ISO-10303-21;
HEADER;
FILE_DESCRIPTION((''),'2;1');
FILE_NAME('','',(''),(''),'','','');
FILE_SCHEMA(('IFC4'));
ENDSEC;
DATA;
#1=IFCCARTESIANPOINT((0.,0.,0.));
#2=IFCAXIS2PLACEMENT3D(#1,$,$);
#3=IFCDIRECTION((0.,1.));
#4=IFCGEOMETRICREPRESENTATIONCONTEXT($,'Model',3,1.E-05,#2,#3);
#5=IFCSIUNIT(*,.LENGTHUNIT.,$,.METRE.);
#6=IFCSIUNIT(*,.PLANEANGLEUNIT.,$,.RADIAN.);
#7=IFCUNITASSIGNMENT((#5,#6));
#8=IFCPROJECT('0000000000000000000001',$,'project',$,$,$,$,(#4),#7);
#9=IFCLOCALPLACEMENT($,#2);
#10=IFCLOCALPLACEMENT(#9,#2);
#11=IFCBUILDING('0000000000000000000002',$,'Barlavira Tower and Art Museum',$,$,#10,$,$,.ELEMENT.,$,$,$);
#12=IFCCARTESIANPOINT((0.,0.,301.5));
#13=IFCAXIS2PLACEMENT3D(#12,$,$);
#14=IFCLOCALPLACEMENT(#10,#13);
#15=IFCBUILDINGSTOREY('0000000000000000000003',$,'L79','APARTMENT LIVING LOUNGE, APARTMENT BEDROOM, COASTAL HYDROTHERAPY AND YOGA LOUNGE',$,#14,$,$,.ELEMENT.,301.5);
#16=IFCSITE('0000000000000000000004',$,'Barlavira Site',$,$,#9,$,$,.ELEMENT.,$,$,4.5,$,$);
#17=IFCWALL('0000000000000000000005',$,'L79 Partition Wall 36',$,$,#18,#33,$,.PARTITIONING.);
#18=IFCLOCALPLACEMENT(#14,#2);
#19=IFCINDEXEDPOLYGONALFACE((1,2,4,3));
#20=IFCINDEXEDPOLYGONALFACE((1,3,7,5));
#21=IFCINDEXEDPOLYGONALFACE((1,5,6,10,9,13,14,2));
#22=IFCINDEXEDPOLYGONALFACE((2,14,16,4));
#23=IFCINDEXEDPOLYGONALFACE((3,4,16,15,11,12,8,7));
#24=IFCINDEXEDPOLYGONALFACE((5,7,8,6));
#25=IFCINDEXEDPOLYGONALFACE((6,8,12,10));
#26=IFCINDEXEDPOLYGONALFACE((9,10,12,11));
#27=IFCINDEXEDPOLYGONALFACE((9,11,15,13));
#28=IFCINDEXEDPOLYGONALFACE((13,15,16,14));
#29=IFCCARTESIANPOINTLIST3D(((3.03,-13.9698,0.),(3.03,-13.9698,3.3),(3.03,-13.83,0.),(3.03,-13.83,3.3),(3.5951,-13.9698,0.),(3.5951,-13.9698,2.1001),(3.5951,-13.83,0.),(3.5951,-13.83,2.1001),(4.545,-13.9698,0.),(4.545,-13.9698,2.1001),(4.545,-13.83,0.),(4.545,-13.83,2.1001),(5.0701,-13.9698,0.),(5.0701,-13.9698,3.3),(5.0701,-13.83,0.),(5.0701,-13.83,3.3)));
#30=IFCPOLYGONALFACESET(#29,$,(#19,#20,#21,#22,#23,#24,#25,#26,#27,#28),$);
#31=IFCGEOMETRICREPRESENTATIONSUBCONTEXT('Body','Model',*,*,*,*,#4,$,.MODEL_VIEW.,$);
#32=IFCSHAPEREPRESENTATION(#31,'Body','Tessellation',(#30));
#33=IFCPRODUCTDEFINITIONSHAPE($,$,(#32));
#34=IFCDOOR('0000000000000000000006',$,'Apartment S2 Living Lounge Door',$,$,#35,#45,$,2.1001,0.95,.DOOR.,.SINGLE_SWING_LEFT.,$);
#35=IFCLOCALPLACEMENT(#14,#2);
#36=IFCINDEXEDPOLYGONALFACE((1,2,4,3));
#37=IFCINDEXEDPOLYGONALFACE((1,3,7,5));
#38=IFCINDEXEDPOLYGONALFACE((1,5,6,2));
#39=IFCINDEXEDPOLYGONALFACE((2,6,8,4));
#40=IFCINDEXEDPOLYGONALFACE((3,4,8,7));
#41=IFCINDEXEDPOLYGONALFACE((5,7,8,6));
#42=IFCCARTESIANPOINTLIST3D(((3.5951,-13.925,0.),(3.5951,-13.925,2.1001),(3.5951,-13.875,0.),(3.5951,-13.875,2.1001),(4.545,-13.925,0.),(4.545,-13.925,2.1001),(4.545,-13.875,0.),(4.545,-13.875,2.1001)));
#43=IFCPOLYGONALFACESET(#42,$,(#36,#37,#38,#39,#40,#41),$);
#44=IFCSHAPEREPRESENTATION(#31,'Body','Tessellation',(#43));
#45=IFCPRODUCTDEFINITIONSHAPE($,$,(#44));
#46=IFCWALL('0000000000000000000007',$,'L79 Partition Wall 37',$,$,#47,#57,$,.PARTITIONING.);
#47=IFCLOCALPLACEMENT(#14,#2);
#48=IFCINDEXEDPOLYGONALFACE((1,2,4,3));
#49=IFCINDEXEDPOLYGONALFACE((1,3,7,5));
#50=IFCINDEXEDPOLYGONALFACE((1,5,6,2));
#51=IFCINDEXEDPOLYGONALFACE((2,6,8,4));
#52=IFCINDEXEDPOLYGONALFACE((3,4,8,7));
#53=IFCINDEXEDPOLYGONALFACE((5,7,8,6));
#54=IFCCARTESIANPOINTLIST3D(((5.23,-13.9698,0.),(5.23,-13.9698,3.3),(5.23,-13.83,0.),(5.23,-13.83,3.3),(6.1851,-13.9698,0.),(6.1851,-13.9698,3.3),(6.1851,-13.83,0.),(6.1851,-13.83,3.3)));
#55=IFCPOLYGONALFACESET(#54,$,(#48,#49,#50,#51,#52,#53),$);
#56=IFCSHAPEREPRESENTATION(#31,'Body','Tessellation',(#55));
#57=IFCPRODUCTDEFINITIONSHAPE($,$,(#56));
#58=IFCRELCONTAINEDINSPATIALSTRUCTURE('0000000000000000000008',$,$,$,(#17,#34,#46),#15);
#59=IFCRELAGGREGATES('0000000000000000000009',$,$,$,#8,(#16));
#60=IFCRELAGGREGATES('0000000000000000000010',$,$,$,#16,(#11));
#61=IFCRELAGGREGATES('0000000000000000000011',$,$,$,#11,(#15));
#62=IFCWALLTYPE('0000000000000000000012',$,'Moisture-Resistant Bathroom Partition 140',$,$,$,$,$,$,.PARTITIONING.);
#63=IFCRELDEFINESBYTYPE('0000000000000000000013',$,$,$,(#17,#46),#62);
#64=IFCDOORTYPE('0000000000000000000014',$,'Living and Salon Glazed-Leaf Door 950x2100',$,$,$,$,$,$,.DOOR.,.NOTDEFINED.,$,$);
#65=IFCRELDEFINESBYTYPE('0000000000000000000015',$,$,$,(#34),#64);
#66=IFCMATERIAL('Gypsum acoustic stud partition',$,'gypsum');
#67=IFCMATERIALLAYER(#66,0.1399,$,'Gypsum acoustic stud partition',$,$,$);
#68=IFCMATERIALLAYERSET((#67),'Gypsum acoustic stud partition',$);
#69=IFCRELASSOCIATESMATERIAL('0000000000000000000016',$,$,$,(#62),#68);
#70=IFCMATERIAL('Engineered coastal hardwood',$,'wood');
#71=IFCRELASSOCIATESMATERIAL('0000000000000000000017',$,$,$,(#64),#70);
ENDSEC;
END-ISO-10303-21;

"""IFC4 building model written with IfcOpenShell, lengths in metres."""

from ifc_helpers import new_model, si_unit, direction, frame, frame_2d, origin, place, context, subcontext, project, spatial, rectangle, extrude, material, layer, layer_set, type_object, element, fill, save


model = new_model("IFC4")

# Units and contexts
model_context = context("Model", 3, precision=1e-05, world=origin(), true_north=direction((0.0, 1.0)))
body_context = subcontext(model_context, "Body", "Model", "MODEL_VIEW")
ifc_project = project(units=[si_unit("LENGTHUNIT", "METRE"), si_unit("PLANEANGLEUNIT", "RADIAN")], contexts=[model_context])

# Site, building, storey
site_placement = place(None, origin())
site = spatial("IfcSite", under=ifc_project, at=site_placement, Name="Barlavira Site", CompositionType="ELEMENT", RefElevation=4.5)
building_placement = place(site_placement, origin())
building = spatial("IfcBuilding", under=site, at=building_placement, Name="Barlavira Tower and Art Museum", CompositionType="ELEMENT")
storey_placement = place(building_placement, frame((0.0, 0.0, 301.5)))
storey = spatial("IfcBuildingStorey", under=building, at=storey_placement, Name="L79", Description="APARTMENT LIVING LOUNGE, APARTMENT BEDROOM, COASTAL HYDROTHERAPY AND YOGA LOUNGE", CompositionType="ELEMENT", Elevation=301.5)

# Shared definitions
ifc_material_1 = material(Name="Gypsum acoustic stud partition", Category="gypsum")
ifc_material_2 = material(Name="Engineered coastal hardwood", Category="wood")

# Shared definitions
ifc_layer_1 = layer(ifc_material_1, 0.1399, Name="Gypsum acoustic stud partition")
ifc_layer_set_1 = layer_set([ifc_layer_1], Name="Gypsum acoustic stud partition")
wall_type_1 = type_object("IfcWallType", Name="Moisture-Resistant Bathroom Partition 140", PredefinedType="PARTITIONING", material=ifc_layer_set_1)

# Wall, opening, door
wall_1_placement = place(storey_placement, frame((3.03, -13.8999, 0.0), z_axis=(0.0, 0.0, 1.0), x_axis=(1.0, 0.0, 0.0)))
wall_1 = element("IfcWall", 1, at=wall_1_placement, inside=storey, type_object=wall_type_1, Name="L79 Partition Wall 36", PredefinedType="PARTITIONING", context=body_context, shape_type="SweptSolid", body=[
    extrude(rectangle(XDim=2.04, YDim=0.1399, at=frame_2d((1.02, 0.0))), origin(), (0.0, 0.0, 1.0), 3.3),
])
opening_1_placement = place(wall_1_placement, frame((0.5649, 0.0, 0.0)))
opening_1 = element("IfcOpeningElement", 2, at=opening_1_placement, cuts=wall_1, PredefinedType="OPENING", context=body_context, shape_type="SweptSolid", body=[
    extrude(rectangle(XDim=0.95, YDim=2.1001, at=frame_2d((0.4751, 1.05))), frame((0.0, 0.0801, 0.0), z_axis=(0.0, -1.0, 0.0), x_axis=(1.0, 0.0, 0.0)), (0.0, 0.0, 1.0), 0.1599),
])
door_type_1 = type_object("IfcDoorType", Name="Living and Salon Glazed-Leaf Door 950x2100", OperationType="NOTDEFINED", PredefinedType="DOOR", material=ifc_material_2)
door_1_placement = place(opening_1_placement, origin())
door_1 = element("IfcDoor", 3, at=door_1_placement, inside=storey, type_object=door_type_1, Name="Apartment S2 Living Lounge Door", OperationType="SINGLE_SWING_LEFT", OverallHeight=2.1001, OverallWidth=0.95, PredefinedType="DOOR", context=body_context, shape_type="SweptSolid", body=[
    extrude(rectangle(XDim=0.95, YDim=2.1001, at=frame_2d((0.4751, 1.05))), frame((0.0, 0.0249, 0.0), z_axis=(0.0, -1.0, 0.0), x_axis=(1.0, 0.0, 0.0)), (0.0, 0.0, 1.0), 0.05),
])
fill(opening_1, door_1)

# Wall
wall_2_placement = place(storey_placement, frame((5.23, -13.8999, 0.0), z_axis=(0.0, 0.0, 1.0), x_axis=(1.0, 0.0, 0.0)))
element("IfcWall", 4, at=wall_2_placement, inside=storey, type_object=wall_type_1, Name="L79 Partition Wall 37", PredefinedType="PARTITIONING", context=body_context, shape_type="SweptSolid", body=[
    extrude(rectangle(XDim=0.9551, YDim=0.1399, at=frame_2d((0.4775, 0.0))), origin(), (0.0, 0.0, 1.0), 3.3),
])

save(model, "model.ifc")
